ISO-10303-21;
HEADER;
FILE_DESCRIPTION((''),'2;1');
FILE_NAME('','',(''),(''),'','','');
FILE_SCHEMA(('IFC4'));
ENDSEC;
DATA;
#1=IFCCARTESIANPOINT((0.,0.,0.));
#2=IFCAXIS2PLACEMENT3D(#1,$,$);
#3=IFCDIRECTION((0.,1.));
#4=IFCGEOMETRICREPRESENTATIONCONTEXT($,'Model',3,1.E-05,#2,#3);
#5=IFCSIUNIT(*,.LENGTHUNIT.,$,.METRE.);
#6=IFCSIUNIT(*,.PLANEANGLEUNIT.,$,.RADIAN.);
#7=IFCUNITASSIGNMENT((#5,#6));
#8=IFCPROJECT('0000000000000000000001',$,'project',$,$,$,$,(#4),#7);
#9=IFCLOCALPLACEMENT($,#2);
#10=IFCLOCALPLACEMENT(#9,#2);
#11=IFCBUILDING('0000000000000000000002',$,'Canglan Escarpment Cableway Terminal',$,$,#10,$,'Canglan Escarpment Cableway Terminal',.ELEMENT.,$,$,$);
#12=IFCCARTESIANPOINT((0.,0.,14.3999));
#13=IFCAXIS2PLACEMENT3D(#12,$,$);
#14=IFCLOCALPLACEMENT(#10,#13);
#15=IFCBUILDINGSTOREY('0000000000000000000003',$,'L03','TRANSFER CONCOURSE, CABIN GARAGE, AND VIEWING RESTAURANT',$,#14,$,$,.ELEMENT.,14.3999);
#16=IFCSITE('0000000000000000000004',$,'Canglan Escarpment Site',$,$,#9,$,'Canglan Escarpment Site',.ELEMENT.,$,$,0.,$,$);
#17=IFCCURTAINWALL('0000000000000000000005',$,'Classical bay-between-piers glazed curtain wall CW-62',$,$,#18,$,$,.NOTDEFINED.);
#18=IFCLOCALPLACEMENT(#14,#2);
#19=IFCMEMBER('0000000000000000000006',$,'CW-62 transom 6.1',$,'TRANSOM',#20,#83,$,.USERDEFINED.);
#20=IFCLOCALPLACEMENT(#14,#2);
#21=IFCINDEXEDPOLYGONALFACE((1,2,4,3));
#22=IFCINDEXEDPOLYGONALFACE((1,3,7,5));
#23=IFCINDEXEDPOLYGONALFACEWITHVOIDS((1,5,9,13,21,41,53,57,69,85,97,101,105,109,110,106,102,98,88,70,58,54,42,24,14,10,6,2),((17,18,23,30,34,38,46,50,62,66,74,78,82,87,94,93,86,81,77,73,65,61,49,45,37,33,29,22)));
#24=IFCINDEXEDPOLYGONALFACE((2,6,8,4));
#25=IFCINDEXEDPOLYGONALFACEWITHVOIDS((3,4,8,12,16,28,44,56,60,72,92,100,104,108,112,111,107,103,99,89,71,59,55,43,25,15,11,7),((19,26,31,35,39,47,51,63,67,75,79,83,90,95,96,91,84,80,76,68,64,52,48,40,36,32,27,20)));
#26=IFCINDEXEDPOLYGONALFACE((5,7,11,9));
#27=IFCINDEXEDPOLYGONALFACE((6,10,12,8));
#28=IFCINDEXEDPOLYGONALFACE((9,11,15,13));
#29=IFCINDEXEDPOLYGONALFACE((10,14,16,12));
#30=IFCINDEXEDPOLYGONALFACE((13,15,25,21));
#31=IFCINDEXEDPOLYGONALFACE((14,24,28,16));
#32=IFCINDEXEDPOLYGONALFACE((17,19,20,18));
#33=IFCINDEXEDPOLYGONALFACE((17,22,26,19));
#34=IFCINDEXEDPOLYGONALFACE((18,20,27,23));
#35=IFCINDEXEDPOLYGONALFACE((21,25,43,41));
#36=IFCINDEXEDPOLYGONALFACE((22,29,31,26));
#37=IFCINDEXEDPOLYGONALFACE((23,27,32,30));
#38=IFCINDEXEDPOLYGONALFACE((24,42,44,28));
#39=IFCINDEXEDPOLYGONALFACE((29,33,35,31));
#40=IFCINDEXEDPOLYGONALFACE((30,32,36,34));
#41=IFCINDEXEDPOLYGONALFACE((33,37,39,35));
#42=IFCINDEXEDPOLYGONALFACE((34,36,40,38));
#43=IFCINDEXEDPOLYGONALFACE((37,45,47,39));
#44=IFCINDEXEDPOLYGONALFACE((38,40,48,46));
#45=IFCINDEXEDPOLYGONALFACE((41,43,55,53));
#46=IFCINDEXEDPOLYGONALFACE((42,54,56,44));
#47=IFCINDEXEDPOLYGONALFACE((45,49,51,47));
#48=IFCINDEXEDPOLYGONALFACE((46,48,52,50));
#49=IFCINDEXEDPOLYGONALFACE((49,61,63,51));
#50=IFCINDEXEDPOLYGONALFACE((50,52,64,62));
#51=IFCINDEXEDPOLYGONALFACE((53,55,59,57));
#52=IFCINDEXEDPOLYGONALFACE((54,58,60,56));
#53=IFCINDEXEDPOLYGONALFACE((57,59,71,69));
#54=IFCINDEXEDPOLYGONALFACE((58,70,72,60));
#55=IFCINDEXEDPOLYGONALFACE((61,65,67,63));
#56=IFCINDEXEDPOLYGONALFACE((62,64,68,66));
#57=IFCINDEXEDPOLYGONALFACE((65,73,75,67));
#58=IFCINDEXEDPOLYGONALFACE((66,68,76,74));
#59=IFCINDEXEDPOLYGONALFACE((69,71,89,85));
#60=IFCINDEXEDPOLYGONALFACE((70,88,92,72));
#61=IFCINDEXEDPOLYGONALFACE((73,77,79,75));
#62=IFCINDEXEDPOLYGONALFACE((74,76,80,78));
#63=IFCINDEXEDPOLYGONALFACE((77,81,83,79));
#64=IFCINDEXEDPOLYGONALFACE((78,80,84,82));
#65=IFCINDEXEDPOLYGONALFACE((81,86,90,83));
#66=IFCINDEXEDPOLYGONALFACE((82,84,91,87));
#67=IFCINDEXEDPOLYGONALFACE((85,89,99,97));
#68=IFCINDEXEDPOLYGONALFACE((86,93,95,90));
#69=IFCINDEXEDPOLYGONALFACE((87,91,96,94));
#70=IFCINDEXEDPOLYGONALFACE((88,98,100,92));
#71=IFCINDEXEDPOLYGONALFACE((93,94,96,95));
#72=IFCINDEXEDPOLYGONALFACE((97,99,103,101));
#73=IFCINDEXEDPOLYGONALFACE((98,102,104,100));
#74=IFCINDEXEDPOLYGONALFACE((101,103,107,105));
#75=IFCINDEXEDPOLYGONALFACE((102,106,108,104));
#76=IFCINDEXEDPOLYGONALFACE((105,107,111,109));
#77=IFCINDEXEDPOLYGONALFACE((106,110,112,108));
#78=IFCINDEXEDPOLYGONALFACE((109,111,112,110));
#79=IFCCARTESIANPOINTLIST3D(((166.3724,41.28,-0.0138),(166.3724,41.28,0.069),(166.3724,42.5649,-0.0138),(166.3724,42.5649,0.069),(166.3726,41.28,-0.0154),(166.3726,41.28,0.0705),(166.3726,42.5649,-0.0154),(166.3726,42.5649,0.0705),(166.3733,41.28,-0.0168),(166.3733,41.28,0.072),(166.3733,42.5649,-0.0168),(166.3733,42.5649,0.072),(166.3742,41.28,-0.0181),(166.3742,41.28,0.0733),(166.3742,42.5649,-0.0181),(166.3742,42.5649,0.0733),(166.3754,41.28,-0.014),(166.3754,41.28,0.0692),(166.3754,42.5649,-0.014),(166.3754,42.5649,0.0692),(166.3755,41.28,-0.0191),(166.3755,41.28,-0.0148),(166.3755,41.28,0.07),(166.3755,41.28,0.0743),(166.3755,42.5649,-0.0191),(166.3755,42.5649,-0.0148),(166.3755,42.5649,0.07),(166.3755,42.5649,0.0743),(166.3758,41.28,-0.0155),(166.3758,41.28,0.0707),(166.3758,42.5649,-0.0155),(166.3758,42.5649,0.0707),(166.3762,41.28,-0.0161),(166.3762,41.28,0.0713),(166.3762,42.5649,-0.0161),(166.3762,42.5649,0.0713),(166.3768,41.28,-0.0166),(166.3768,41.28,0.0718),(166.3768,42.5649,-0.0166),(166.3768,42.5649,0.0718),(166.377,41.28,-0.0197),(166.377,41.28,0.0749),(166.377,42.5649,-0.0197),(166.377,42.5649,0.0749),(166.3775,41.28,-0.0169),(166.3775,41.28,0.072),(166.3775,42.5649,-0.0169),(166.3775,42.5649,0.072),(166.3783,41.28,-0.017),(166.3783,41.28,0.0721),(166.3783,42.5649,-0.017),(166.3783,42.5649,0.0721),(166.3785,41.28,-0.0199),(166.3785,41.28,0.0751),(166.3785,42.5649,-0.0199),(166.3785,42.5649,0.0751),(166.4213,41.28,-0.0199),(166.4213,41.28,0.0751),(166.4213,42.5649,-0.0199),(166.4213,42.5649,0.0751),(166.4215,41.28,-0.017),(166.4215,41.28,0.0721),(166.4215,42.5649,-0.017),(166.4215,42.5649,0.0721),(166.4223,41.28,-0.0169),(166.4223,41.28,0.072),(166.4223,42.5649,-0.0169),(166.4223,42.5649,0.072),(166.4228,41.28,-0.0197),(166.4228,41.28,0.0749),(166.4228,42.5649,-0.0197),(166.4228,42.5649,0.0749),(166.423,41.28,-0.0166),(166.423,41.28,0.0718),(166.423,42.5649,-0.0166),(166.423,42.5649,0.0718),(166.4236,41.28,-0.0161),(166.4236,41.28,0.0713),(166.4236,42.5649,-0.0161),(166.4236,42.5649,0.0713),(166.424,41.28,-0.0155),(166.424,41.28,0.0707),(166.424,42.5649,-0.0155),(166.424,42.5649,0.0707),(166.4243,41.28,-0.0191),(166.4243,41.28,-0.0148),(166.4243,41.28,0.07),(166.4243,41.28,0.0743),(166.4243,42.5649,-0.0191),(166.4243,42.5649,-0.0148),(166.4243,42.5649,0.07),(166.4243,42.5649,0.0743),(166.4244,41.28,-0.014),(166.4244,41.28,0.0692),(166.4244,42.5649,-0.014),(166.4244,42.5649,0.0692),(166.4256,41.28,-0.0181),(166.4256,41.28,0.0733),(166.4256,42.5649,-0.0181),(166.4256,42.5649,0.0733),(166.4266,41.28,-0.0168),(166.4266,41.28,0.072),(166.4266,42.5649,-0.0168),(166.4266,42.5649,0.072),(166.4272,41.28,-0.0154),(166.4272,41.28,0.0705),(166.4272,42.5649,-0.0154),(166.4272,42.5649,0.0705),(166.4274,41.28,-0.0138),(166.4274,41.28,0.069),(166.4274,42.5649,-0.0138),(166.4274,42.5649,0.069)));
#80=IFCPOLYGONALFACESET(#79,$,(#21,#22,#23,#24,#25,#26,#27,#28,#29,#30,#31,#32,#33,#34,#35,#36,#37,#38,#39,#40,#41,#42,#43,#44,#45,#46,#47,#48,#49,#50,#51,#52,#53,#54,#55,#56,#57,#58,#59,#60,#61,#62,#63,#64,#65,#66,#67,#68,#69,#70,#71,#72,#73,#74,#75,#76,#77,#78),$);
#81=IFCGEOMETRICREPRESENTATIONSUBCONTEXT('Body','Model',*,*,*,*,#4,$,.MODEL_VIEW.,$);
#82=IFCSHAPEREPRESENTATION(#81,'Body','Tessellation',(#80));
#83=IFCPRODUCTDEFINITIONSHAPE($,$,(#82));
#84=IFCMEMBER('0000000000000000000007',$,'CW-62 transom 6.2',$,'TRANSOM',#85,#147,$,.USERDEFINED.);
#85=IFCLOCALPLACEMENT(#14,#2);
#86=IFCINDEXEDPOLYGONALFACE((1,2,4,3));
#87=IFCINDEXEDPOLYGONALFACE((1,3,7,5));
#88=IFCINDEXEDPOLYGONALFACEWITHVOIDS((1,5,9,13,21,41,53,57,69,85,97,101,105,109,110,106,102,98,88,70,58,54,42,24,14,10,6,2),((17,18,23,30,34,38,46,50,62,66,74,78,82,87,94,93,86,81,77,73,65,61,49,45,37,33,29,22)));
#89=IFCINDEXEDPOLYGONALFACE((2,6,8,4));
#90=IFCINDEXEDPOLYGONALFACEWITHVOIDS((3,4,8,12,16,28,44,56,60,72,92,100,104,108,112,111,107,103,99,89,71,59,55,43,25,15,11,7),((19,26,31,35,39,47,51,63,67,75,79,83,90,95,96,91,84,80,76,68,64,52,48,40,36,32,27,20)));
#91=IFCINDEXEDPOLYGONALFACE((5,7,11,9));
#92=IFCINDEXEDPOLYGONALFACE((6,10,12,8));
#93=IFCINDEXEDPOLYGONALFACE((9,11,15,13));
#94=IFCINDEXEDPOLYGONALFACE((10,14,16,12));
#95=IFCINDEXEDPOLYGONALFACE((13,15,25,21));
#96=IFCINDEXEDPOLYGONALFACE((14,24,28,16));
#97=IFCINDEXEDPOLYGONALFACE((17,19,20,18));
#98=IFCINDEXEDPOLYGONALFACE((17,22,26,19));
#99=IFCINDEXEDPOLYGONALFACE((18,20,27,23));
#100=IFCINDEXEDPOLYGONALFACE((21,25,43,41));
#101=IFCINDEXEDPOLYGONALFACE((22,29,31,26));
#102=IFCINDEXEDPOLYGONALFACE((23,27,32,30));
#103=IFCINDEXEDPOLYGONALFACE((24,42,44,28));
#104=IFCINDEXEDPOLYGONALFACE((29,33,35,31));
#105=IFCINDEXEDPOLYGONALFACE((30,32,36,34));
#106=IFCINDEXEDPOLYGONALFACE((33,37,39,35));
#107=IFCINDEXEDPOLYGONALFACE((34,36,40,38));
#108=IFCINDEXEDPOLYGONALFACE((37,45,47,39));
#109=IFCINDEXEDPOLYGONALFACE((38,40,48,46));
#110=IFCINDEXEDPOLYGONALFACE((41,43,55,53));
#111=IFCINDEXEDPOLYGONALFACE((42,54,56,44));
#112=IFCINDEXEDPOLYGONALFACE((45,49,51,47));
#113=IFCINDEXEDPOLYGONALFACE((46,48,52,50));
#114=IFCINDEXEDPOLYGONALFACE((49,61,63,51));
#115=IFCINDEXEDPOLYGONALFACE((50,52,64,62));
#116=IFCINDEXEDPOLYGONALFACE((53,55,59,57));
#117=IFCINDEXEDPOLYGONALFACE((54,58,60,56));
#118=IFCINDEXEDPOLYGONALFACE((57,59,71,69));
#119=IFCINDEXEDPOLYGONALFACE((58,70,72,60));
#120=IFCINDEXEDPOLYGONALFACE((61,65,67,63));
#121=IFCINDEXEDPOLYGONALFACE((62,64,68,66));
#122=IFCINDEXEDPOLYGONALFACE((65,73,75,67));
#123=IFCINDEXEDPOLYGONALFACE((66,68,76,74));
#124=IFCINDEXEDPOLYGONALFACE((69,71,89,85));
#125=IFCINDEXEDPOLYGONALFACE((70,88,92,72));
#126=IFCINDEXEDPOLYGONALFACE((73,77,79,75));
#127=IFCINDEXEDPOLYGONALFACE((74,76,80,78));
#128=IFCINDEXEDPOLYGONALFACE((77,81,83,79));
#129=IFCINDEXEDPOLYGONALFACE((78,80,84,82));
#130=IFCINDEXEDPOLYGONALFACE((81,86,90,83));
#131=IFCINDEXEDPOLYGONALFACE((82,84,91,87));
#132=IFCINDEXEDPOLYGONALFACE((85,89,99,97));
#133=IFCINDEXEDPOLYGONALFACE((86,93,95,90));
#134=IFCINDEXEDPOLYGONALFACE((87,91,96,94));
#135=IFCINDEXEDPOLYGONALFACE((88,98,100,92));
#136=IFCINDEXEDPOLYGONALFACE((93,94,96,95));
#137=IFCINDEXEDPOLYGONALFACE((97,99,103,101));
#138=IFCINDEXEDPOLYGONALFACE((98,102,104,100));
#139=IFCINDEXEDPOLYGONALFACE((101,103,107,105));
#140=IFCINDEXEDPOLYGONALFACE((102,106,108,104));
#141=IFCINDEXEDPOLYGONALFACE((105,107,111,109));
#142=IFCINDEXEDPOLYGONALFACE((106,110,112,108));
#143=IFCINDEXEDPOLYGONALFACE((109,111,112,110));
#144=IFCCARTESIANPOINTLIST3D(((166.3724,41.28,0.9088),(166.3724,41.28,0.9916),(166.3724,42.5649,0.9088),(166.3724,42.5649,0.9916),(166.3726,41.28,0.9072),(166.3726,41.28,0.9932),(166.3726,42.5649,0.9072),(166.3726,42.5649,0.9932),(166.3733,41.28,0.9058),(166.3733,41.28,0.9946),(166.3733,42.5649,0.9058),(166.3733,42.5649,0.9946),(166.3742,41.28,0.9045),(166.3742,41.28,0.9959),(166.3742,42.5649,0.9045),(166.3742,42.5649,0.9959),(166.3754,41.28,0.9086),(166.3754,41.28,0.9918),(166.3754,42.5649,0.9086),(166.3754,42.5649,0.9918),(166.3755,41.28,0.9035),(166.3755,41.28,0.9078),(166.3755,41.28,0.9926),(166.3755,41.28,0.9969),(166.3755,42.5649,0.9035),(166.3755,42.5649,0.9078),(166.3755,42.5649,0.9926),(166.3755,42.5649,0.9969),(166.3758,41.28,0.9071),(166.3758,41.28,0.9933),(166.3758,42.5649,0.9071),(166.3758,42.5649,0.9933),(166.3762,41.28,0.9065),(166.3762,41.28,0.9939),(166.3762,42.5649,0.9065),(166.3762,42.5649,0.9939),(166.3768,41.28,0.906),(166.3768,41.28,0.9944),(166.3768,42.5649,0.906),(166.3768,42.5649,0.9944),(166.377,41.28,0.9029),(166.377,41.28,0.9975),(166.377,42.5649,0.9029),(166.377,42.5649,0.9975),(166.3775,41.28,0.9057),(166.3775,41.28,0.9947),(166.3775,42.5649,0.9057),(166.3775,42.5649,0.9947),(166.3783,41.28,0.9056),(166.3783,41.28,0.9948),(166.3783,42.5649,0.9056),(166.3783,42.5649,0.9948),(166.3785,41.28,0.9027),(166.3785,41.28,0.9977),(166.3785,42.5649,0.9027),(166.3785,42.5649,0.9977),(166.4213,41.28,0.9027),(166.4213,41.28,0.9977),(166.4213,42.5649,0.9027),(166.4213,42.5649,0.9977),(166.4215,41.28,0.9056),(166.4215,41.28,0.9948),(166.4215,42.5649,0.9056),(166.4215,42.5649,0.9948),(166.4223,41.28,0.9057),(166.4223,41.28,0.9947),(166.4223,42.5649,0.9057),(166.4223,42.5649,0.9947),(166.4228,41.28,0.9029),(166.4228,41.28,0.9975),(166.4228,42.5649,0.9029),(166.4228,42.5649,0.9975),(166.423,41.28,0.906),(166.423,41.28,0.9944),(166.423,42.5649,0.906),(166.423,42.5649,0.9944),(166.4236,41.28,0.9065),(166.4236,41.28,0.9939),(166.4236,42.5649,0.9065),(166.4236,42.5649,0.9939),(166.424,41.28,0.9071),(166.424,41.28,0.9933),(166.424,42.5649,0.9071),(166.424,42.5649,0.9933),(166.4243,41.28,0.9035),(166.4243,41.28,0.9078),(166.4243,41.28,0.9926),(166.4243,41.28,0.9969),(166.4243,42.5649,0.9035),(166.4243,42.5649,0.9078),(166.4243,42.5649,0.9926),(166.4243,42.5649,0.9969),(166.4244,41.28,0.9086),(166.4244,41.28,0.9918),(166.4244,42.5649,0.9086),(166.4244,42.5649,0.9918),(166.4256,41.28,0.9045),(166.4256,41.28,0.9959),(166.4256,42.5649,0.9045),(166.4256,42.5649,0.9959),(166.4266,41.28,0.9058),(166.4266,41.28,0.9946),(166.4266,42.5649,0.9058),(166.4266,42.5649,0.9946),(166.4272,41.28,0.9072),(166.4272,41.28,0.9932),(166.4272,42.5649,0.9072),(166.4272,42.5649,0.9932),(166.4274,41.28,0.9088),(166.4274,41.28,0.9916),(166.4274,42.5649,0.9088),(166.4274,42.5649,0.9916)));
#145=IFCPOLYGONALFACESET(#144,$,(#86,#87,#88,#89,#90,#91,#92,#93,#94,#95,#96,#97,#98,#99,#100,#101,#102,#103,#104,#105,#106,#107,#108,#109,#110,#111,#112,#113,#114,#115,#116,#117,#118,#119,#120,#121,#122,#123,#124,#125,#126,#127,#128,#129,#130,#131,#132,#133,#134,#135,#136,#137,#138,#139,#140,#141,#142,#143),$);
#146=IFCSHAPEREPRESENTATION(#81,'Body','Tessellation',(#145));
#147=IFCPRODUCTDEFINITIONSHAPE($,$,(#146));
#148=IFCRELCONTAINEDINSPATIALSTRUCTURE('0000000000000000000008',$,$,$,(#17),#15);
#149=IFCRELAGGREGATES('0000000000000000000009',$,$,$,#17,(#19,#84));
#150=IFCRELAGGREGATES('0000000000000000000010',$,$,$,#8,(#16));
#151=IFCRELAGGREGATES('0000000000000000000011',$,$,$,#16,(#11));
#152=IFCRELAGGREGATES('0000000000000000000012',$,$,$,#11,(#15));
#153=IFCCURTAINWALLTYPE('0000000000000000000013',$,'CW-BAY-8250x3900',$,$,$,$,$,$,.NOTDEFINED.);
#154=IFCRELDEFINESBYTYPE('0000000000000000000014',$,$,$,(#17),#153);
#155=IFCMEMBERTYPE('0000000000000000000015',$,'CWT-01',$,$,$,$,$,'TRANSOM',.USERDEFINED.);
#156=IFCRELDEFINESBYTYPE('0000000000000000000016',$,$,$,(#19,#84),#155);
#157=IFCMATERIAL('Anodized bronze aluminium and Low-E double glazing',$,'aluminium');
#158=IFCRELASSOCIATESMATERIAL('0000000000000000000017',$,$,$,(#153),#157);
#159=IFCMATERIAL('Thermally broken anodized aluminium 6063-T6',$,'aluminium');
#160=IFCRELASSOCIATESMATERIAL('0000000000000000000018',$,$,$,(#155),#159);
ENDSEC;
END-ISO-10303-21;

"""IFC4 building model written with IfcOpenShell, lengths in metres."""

from ifc_helpers import new_model, si_unit, direction, frame, origin, origin_2d, place, context, subcontext, project, spatial, hollow_rectangle, extrude, material, material_profile, profile_set, type_object, element, aggregate, save


model = new_model("IFC4")

# Units and contexts
model_context = context("Model", 3, precision=1e-05, world=origin(), true_north=direction((0.0, 1.0)))
body_context = subcontext(model_context, "Body", "Model", "MODEL_VIEW")
ifc_project = project(units=[si_unit("LENGTHUNIT", "METRE"), si_unit("PLANEANGLEUNIT", "RADIAN")], contexts=[model_context])

# Site, building, storey
site_placement = place(None, origin())
site = spatial("IfcSite", under=ifc_project, at=site_placement, Name="Canglan Escarpment Site", LongName="Canglan Escarpment Site", CompositionType="ELEMENT", RefElevation=0.0)
building_placement = place(site_placement, origin())
building = spatial("IfcBuilding", under=site, at=building_placement, Name="Canglan Escarpment Cableway Terminal", LongName="Canglan Escarpment Cableway Terminal", CompositionType="ELEMENT")
storey_placement = place(building_placement, frame((0.0, 0.0, 14.3999)))
storey = spatial("IfcBuildingStorey", under=building, at=storey_placement, Name="L03", Description="TRANSFER CONCOURSE, CABIN GARAGE, AND VIEWING RESTAURANT", CompositionType="ELEMENT", Elevation=14.3999)

# Curtain wall, members
ifc_material_1 = material(Name="Anodized bronze aluminium and Low-E double glazing", Category="aluminium")
curtain_wall_type = type_object("IfcCurtainWallType", Name="CW-BAY-8250x3900", PredefinedType="NOTDEFINED", material=ifc_material_1)
curtain_wall_placement = place(storey_placement, origin())
curtain_wall = element("IfcCurtainWall", 1, at=curtain_wall_placement, inside=storey, type_object=curtain_wall_type, Name="Classical bay-between-piers glazed curtain wall CW-62", PredefinedType="NOTDEFINED")
ifc_material_2 = material(Name="Thermally broken anodized aluminium 6063-T6", Category="aluminium")
ifc_material_profile_1 = material_profile(ifc_material_2, hollow_rectangle(XDim=0.0549, YDim=0.095, WallThickness=0.0029, InnerFilletRadius=0.0029, OuterFilletRadius=0.0061, at=origin_2d()), Name="ALU-TRAN 55x95x3")
ifc_profile_set_1 = profile_set([ifc_material_profile_1], Name="Thermally broken anodized aluminium 6063-T6")
member_type_1 = type_object("IfcMemberType", Name="CWT-01", ElementType="TRANSOM", PredefinedType="USERDEFINED", material=ifc_profile_set_1)
member_1_placement = place(storey_placement, frame((166.3999, 41.28, 0.0276), z_axis=(0.0, 1.0, 0.0), x_axis=(-1.0, 0.0, 0.0)))
member_1 = element("IfcMember", 2, at=member_1_placement, type_object=member_type_1, Name="CW-62 transom 6.1", ObjectType="TRANSOM", PredefinedType="USERDEFINED", context=body_context, shape_type="SweptSolid", body=[
    extrude(hollow_rectangle(XDim=0.0549, YDim=0.095, WallThickness=0.0029, InnerFilletRadius=0.0029, OuterFilletRadius=0.0061, at=origin_2d()), origin(), (0.0, 0.0, 1.0), 1.2849),
])
member_2_placement = place(storey_placement, frame((166.3999, 41.28, 0.9502), z_axis=(0.0, 1.0, 0.0), x_axis=(-1.0, 0.0, 0.0)))
member_2 = element("IfcMember", 3, at=member_2_placement, type_object=member_type_1, Name="CW-62 transom 6.2", ObjectType="TRANSOM", PredefinedType="USERDEFINED", context=body_context, shape_type="SweptSolid", body=[
    extrude(hollow_rectangle(XDim=0.0549, YDim=0.095, WallThickness=0.0029, InnerFilletRadius=0.0029, OuterFilletRadius=0.0061, at=origin_2d()), origin(), (0.0, 0.0, 1.0), 1.2849),
])
aggregate(curtain_wall, [member_1, member_2])

save(model, "model.ifc")
